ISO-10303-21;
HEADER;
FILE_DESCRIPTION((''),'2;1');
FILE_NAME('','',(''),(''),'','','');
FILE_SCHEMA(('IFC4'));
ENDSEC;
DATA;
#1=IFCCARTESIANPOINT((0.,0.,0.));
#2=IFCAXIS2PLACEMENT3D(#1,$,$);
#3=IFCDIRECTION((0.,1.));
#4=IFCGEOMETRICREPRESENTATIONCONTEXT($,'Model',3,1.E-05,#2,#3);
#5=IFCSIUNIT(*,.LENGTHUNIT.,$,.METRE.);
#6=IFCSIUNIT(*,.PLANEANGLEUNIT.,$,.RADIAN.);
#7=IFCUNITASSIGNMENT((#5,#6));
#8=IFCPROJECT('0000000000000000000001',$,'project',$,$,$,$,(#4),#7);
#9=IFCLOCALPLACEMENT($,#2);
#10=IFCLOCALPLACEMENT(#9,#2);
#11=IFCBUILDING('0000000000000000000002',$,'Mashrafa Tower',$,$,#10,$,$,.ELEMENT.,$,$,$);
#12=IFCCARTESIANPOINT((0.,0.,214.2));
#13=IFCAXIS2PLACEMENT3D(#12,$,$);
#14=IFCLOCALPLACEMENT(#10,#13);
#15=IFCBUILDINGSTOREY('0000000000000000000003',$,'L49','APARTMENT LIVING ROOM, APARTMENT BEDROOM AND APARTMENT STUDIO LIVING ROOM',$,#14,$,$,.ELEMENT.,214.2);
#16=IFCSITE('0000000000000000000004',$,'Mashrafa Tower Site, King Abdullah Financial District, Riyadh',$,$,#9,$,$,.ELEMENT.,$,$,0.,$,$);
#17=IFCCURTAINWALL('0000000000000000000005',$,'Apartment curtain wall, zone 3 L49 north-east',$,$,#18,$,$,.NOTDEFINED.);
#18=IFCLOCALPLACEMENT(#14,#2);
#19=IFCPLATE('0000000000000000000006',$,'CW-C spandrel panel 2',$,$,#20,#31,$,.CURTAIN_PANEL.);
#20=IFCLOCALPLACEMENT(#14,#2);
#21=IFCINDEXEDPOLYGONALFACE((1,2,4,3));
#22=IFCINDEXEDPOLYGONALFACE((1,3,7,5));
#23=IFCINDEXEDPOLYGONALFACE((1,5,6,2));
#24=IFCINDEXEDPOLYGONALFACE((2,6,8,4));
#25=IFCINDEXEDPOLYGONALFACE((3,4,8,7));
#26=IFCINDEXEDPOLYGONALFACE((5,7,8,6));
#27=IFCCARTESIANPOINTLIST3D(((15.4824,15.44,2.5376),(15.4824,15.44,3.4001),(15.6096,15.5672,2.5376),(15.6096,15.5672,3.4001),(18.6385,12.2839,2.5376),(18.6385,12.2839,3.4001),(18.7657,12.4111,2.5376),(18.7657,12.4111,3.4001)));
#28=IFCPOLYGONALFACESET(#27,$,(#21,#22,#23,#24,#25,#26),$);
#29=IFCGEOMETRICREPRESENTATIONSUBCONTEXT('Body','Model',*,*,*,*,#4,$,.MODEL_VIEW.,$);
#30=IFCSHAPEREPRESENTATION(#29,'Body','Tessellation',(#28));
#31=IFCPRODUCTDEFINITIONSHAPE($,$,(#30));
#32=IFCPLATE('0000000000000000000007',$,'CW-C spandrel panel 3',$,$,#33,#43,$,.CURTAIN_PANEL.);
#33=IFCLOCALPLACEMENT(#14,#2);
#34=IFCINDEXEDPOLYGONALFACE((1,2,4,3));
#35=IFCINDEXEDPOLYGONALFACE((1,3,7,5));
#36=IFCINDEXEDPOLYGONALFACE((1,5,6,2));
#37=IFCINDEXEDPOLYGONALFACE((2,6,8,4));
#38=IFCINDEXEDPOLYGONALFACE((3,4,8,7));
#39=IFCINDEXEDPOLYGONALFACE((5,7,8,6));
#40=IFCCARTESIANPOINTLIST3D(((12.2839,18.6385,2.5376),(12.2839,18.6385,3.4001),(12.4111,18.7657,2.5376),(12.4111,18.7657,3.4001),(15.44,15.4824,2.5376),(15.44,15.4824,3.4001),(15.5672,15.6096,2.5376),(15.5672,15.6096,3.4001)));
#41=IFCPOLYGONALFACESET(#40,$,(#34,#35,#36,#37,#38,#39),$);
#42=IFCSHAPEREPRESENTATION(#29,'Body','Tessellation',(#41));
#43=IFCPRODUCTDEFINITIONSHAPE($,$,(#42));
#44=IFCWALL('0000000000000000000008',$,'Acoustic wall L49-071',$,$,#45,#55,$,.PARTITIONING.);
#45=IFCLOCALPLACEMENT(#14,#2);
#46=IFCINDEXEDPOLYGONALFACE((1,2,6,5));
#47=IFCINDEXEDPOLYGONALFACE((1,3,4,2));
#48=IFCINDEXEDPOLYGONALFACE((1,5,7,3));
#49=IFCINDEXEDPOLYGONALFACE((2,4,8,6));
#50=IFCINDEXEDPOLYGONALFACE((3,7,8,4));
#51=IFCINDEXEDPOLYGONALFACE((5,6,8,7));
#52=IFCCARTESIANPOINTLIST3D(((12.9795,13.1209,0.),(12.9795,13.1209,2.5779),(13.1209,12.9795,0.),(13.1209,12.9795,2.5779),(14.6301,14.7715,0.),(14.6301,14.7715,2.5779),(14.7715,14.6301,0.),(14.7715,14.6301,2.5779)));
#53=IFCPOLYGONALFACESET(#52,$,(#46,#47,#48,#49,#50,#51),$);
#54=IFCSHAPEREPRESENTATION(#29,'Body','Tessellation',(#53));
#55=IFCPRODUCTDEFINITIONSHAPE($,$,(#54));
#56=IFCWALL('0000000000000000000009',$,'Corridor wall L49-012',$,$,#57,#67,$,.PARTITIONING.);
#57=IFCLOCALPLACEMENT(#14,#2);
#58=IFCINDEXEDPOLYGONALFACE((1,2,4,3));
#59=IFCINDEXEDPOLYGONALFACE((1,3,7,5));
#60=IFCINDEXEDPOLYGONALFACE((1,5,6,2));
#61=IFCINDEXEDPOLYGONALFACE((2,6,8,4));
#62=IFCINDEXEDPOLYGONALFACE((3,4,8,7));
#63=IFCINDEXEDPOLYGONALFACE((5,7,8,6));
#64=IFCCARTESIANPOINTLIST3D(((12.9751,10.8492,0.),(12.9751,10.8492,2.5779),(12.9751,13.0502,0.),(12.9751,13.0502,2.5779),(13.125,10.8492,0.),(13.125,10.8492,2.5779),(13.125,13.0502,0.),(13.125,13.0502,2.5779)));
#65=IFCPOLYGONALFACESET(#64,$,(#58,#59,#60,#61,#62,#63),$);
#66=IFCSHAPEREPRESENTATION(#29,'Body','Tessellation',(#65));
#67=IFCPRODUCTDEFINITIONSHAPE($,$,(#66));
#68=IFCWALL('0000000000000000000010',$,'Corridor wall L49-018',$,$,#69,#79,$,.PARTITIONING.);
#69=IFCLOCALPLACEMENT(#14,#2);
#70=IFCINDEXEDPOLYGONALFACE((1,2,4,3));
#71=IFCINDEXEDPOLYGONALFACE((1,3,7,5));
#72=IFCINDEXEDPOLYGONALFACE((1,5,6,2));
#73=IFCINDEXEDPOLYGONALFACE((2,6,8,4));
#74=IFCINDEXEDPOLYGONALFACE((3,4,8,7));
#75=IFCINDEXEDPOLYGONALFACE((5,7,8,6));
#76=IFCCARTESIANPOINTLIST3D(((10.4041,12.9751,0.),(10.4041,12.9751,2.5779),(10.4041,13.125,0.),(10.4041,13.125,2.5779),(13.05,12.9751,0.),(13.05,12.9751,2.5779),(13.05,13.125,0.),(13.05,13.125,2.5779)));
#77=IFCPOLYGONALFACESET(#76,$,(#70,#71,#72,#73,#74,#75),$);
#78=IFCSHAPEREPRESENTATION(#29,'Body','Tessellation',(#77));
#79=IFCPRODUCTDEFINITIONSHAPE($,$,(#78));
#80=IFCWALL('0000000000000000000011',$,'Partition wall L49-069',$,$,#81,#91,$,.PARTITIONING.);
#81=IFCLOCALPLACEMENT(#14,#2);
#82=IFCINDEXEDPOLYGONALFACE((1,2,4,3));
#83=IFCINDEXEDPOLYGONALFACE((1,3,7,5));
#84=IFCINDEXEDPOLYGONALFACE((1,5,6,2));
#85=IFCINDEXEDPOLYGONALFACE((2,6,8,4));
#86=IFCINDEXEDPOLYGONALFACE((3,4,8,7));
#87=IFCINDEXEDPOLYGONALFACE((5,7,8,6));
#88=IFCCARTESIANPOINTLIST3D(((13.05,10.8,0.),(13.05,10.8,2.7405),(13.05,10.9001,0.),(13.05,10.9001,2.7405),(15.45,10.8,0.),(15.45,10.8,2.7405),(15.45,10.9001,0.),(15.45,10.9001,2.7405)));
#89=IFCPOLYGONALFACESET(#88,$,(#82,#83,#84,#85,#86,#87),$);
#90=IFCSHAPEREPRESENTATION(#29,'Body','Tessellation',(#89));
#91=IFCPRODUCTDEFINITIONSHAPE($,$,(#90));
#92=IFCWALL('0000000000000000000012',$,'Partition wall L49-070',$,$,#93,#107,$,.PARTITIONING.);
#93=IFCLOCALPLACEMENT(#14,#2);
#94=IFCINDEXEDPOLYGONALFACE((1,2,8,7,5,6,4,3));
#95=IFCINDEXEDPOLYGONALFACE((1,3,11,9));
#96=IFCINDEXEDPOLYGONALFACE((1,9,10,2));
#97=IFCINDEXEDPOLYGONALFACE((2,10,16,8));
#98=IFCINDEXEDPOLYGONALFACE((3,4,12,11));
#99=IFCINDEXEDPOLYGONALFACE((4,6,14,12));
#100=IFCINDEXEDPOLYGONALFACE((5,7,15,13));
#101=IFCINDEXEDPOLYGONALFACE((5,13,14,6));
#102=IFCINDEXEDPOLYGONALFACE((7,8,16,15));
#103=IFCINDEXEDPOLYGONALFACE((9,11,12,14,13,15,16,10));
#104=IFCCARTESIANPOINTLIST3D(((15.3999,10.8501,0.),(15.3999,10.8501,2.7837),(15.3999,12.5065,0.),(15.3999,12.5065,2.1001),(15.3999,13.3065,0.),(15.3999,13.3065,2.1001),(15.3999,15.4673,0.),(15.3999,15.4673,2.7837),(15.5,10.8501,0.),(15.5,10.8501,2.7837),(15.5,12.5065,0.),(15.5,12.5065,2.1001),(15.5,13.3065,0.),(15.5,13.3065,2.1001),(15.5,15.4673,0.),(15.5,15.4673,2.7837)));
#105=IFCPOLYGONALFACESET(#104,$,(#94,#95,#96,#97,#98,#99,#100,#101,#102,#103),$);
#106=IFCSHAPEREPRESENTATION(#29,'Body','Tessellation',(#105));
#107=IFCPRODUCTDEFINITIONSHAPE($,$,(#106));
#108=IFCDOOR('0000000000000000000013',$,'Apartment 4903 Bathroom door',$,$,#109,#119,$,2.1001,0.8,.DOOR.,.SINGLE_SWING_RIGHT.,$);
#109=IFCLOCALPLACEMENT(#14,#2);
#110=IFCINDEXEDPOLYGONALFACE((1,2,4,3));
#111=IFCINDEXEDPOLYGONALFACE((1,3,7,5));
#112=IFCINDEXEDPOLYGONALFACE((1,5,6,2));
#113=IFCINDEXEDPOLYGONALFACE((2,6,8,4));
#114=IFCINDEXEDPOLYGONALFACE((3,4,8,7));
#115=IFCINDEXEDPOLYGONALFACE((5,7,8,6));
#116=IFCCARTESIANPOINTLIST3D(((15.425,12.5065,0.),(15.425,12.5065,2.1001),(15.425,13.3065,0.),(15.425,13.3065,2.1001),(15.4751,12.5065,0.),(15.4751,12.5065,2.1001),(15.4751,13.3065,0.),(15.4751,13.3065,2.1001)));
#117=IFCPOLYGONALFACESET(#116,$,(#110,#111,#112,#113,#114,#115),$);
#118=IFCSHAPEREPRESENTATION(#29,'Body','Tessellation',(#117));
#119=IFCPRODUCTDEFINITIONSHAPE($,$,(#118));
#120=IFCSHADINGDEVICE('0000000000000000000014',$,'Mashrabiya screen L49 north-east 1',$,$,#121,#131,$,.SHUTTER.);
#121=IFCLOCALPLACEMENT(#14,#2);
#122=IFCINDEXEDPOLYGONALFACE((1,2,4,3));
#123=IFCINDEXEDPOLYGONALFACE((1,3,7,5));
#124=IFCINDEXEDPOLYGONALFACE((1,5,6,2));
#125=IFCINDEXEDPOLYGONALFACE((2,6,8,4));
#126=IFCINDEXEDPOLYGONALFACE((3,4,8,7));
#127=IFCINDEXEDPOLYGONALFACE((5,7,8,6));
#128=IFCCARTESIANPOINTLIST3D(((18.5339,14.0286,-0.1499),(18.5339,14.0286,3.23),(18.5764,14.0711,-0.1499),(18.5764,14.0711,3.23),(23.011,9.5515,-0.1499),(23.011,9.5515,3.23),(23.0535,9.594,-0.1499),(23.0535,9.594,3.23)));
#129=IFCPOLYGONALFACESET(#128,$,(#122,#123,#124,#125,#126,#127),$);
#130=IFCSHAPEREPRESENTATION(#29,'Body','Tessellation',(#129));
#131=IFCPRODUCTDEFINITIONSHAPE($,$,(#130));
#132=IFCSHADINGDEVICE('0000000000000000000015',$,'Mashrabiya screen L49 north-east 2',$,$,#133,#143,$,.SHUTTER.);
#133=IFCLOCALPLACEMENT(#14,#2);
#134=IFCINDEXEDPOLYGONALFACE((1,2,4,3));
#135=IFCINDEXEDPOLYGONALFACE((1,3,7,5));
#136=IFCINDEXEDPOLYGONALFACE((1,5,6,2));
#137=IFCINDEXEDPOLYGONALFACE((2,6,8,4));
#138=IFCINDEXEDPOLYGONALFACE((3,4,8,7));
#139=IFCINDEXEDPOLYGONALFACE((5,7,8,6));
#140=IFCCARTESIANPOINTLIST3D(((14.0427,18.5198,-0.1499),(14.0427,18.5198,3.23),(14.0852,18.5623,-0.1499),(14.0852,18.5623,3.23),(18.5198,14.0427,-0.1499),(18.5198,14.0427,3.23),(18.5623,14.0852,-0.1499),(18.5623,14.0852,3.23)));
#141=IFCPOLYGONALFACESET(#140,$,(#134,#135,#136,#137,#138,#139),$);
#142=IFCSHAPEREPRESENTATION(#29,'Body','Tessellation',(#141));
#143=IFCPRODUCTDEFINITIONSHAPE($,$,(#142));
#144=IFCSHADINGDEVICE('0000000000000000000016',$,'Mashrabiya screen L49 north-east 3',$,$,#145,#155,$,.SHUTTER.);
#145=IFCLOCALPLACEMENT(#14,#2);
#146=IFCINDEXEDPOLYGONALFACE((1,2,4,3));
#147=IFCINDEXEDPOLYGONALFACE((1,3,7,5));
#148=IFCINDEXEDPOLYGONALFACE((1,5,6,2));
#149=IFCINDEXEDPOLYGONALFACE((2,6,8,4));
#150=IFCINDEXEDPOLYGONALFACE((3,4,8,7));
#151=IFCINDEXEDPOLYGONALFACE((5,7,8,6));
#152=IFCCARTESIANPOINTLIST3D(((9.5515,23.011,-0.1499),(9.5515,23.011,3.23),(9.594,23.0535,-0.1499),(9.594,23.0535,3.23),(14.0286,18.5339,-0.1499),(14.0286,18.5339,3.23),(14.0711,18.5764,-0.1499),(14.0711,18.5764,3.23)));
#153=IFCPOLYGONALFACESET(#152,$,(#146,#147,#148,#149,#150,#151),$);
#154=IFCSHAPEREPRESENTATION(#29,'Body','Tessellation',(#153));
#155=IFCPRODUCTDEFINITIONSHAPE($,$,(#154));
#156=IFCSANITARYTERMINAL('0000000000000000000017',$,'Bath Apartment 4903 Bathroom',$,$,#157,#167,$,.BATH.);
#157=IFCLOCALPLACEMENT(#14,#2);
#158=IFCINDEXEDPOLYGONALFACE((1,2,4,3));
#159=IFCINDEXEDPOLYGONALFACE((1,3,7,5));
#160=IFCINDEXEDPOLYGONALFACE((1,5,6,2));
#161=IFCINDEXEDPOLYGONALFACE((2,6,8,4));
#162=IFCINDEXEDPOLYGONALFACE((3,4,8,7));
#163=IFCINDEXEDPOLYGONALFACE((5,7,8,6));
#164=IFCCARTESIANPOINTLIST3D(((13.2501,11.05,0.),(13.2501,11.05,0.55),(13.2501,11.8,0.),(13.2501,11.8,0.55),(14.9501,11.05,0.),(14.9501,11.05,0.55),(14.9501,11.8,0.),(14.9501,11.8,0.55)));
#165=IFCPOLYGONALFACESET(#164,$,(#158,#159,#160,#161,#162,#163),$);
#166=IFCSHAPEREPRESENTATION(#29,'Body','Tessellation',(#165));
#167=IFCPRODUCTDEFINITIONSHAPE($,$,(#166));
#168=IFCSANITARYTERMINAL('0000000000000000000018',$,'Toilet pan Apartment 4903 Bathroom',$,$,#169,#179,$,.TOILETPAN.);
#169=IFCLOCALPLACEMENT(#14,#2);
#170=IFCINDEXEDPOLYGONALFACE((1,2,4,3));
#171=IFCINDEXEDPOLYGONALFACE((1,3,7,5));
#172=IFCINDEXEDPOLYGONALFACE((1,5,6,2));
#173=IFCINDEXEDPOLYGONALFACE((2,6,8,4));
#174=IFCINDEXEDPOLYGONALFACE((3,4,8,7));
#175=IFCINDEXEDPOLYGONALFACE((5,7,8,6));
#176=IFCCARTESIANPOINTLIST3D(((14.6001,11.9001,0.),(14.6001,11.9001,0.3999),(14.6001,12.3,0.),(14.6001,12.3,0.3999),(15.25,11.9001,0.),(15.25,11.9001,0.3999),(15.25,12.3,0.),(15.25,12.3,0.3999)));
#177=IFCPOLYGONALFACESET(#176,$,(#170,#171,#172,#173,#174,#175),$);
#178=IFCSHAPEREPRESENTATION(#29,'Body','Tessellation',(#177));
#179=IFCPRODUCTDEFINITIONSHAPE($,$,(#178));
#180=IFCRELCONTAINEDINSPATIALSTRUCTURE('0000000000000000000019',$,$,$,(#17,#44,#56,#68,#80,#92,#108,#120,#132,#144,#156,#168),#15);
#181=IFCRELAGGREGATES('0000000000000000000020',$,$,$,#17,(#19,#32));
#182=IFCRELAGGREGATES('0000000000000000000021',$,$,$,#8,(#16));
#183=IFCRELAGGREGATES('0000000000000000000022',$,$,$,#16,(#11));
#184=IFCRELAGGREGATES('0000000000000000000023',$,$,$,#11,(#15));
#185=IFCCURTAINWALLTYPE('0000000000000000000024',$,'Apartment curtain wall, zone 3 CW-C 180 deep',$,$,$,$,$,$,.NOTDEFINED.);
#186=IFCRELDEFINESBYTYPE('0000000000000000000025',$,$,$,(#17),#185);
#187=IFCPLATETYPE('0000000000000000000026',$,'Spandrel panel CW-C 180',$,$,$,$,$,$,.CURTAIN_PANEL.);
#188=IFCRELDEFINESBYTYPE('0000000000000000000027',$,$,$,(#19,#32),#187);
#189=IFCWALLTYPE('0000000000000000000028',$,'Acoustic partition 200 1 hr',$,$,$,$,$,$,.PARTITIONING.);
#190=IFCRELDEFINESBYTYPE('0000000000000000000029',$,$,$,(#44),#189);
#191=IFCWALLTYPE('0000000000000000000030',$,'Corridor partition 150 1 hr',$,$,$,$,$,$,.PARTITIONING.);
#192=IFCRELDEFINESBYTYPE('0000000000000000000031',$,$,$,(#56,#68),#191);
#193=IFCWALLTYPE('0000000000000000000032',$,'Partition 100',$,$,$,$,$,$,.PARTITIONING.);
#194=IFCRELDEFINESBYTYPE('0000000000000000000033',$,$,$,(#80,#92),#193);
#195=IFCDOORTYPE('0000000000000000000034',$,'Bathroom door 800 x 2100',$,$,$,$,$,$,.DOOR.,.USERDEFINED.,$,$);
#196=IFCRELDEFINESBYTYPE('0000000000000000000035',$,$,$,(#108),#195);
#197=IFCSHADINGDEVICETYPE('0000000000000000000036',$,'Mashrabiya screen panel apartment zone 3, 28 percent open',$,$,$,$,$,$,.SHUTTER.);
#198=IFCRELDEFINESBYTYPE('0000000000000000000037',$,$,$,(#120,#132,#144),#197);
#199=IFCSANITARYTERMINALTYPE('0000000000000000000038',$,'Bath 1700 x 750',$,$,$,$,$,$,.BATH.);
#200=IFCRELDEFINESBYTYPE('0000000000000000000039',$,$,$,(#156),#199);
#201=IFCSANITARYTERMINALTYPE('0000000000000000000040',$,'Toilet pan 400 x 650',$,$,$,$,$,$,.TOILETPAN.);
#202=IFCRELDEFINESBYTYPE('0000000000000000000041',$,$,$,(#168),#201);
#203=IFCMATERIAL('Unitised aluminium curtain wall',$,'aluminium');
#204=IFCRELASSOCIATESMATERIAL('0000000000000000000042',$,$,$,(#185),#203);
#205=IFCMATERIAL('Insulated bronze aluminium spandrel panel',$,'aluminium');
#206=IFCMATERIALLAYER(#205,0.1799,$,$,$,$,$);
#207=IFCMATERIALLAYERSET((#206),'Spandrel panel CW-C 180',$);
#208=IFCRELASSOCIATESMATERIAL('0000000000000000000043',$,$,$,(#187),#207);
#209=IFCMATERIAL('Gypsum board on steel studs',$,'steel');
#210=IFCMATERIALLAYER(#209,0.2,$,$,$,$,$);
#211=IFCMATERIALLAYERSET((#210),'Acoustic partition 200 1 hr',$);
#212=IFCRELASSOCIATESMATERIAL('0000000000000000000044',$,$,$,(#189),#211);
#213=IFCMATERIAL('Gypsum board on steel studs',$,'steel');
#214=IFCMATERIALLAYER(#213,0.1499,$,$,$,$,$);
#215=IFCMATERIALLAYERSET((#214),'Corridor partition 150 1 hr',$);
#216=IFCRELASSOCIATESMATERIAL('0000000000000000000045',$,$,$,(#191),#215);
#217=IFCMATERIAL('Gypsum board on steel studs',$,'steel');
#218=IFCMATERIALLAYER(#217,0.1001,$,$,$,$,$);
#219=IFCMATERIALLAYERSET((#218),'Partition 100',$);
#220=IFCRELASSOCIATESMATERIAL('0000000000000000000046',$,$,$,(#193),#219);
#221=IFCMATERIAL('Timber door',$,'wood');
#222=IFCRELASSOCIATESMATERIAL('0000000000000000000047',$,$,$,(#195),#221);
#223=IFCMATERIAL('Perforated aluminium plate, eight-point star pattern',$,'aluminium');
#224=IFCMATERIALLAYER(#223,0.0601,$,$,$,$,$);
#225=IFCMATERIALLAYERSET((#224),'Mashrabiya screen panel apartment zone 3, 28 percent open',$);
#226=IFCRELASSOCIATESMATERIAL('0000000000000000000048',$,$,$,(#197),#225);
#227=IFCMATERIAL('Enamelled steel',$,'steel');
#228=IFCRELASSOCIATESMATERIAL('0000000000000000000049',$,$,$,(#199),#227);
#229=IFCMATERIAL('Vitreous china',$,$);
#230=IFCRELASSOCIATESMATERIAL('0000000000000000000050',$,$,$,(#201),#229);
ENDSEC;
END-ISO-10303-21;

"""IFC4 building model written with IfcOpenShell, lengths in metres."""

from ifc_helpers import new_model, si_unit, direction, frame, frame_2d, origin, origin_2d, place, context, subcontext, project, spatial, rectangle, extrude, source, transform, mapped, material, layer, layer_set, type_object, type_shapes, element, fill, aggregate, save


model = new_model("IFC4")

# Units and contexts
model_context = context("Model", 3, precision=1e-05, world=origin(), true_north=direction((0.0, 1.0)))
body_context = subcontext(model_context, "Body", "Model", "MODEL_VIEW")
ifc_project = project(units=[si_unit("LENGTHUNIT", "METRE"), si_unit("PLANEANGLEUNIT", "RADIAN")], contexts=[model_context])

# Site, building, storey
site_placement = place(None, origin())
site = spatial("IfcSite", under=ifc_project, at=site_placement, Name="Mashrafa Tower Site, King Abdullah Financial District, Riyadh", CompositionType="ELEMENT", RefElevation=0.0)
building_placement = place(site_placement, origin())
building = spatial("IfcBuilding", under=site, at=building_placement, Name="Mashrafa Tower", CompositionType="ELEMENT")
storey_placement = place(building_placement, frame((0.0, 0.0, 214.2)))
storey = spatial("IfcBuildingStorey", under=building, at=storey_placement, Name="L49", Description="APARTMENT LIVING ROOM, APARTMENT BEDROOM AND APARTMENT STUDIO LIVING ROOM", CompositionType="ELEMENT", Elevation=214.2)

# Curtain wall, plates
ifc_material_1 = material(Name="Unitised aluminium curtain wall", Category="aluminium")
curtain_wall_type = type_object("IfcCurtainWallType", Name="Apartment curtain wall, zone 3 CW-C 180 deep", PredefinedType="NOTDEFINED", material=ifc_material_1)
curtain_wall_placement = place(storey_placement, origin())
curtain_wall = element("IfcCurtainWall", 1, at=curtain_wall_placement, inside=storey, type_object=curtain_wall_type, Name="Apartment curtain wall, zone 3 L49 north-east", PredefinedType="NOTDEFINED")
ifc_material_2 = material(Name="Insulated bronze aluminium spandrel panel", Category="aluminium")
ifc_layer_1 = layer(ifc_material_2, 0.1799)
ifc_layer_set_1 = layer_set([ifc_layer_1], Name="Spandrel panel CW-C 180")
plate_type_1 = type_object("IfcPlateType", Name="Spandrel panel CW-C 180", PredefinedType="CURTAIN_PANEL", material=ifc_layer_set_1)
shared_shape_1 = source(origin(), body_context, "Body", "SweptSolid", [
    extrude(rectangle(XDim=4.4634, YDim=0.1799, at=origin_2d()), origin(), (0.0, 0.0, 1.0), 0.8625),
])
plate_1_placement = place(storey_placement, frame((17.124, 13.9255, 2.5376), z_axis=(0.0, 0.0, 1.0), x_axis=(-0.707107, 0.707107, 0.0)))
plate_1 = element("IfcPlate", 2, at=plate_1_placement, type_object=plate_type_1, Name="CW-C spandrel panel 2", PredefinedType="CURTAIN_PANEL", context=body_context, shape_type="MappedRepresentation", body=[
    mapped(shared_shape_1, transform((0.0, 0.0, 0.0))),
])
plate_2_placement = place(storey_placement, frame((13.9255, 17.124, 2.5376), z_axis=(0.0, 0.0, 1.0), x_axis=(-0.707107, 0.707107, 0.0)))
plate_2 = element("IfcPlate", 3, at=plate_2_placement, type_object=plate_type_1, Name="CW-C spandrel panel 3", PredefinedType="CURTAIN_PANEL", context=body_context, shape_type="MappedRepresentation", body=[
    mapped(shared_shape_1, transform((0.0, 0.0, 0.0))),
])
aggregate(curtain_wall, [plate_1, plate_2])

# Walls
ifc_material_3 = material(Name="Gypsum board on steel studs", Category="steel")
ifc_layer_2 = layer(ifc_material_3, 0.2)
ifc_layer_set_2 = layer_set([ifc_layer_2], Name="Acoustic partition 200 1 hr")
wall_type_1 = type_object("IfcWallType", Name="Acoustic partition 200 1 hr", PredefinedType="PARTITIONING", material=ifc_layer_set_2)
wall_1_placement = place(storey_placement, frame((14.7007, 14.7007, 0.0), z_axis=(0.0, 0.0, 1.0), x_axis=(-0.707107, -0.707107, 0.0)))
element("IfcWall", 4, at=wall_1_placement, inside=storey, type_object=wall_type_1, Name="Acoustic wall L49-071", PredefinedType="PARTITIONING", context=body_context, shape_type="SweptSolid", body=[
    extrude(rectangle(XDim=2.3342, YDim=0.2, at=frame_2d((1.167, 0.0))), origin(), (0.0, 0.0, 1.0), 2.5779),
])
ifc_material_4 = material(Name="Gypsum board on steel studs", Category="steel")
ifc_layer_3 = layer(ifc_material_4, 0.1499)
ifc_layer_set_3 = layer_set([ifc_layer_3], Name="Corridor partition 150 1 hr")
wall_type_2 = type_object("IfcWallType", Name="Corridor partition 150 1 hr", PredefinedType="PARTITIONING", material=ifc_layer_set_3)
wall_2_placement = place(storey_placement, frame((13.05, 10.8491, 0.0), z_axis=(0.0, 0.0, 1.0), x_axis=(0.0, 1.0, 0.0)))
element("IfcWall", 5, at=wall_2_placement, inside=storey, type_object=wall_type_2, Name="Corridor wall L49-012", PredefinedType="PARTITIONING", context=body_context, shape_type="SweptSolid", body=[
    extrude(rectangle(XDim=2.2009, YDim=0.1499, at=frame_2d((1.1006, 0.0))), origin(), (0.0, 0.0, 1.0), 2.5779),
])
wall_3_placement = place(storey_placement, frame((13.05, 13.05, 0.0), z_axis=(0.0, 0.0, 1.0), x_axis=(-1.0, 0.0, 0.0)))
element("IfcWall", 6, at=wall_3_placement, inside=storey, type_object=wall_type_2, Name="Corridor wall L49-018", PredefinedType="PARTITIONING", context=body_context, shape_type="SweptSolid", body=[
    extrude(rectangle(XDim=2.646, YDim=0.1499, at=frame_2d((1.323, 0.0))), origin(), (0.0, 0.0, 1.0), 2.5779),
])
ifc_material_5 = material(Name="Gypsum board on steel studs", Category="steel")
ifc_layer_4 = layer(ifc_material_5, 0.1001)
ifc_layer_set_4 = layer_set([ifc_layer_4], Name="Partition 100")
wall_type_3 = type_object("IfcWallType", Name="Partition 100", PredefinedType="PARTITIONING", material=ifc_layer_set_4)
wall_4_placement = place(storey_placement, frame((13.05, 10.8501, 0.0), z_axis=(0.0, 0.0, 1.0), x_axis=(1.0, 0.0, 0.0)))
element("IfcWall", 7, at=wall_4_placement, inside=storey, type_object=wall_type_3, Name="Partition wall L49-069", PredefinedType="PARTITIONING", context=body_context, shape_type="SweptSolid", body=[
    extrude(rectangle(XDim=2.3999, YDim=0.1001, at=frame_2d((1.2, 0.0))), origin(), (0.0, 0.0, 1.0), 2.7405),
])

# Wall, opening, door
wall_5_placement = place(storey_placement, frame((15.45, 10.8501, 0.0), z_axis=(0.0, 0.0, 1.0), x_axis=(0.0, 1.0, 0.0)))
wall_5 = element("IfcWall", 8, at=wall_5_placement, inside=storey, type_object=wall_type_3, Name="Partition wall L49-070", PredefinedType="PARTITIONING", context=body_context, shape_type="SweptSolid", body=[
    extrude(rectangle(XDim=4.6172, YDim=0.1001, at=frame_2d((2.3086, 0.0))), origin(), (0.0, 0.0, 1.0), 2.7837),
])
opening_placement = place(wall_5_placement, frame((1.6565, 0.0, 0.0)))
opening = element("IfcOpeningElement", 9, at=opening_placement, cuts=wall_5, PredefinedType="OPENING", context=body_context, shape_type="SweptSolid", body=[
    extrude(rectangle(XDim=0.8, YDim=2.1001, at=frame_2d((0.3999, 1.05))), frame((0.0, 0.0601, 0.0), z_axis=(0.0, -1.0, 0.0), x_axis=(1.0, 0.0, 0.0)), (0.0, 0.0, 1.0), 0.1201),
])
ifc_material_6 = material(Name="Timber door", Category="wood")
door_type = type_object("IfcDoorType", Name="Bathroom door 800 x 2100", OperationType="USERDEFINED", PredefinedType="DOOR", material=ifc_material_6)
door_placement = place(opening_placement, origin())
door = element("IfcDoor", 10, at=door_placement, inside=storey, type_object=door_type, Name="Apartment 4903 Bathroom door", OperationType="SINGLE_SWING_RIGHT", OverallHeight=2.1001, OverallWidth=0.8, PredefinedType="DOOR", context=body_context, shape_type="SweptSolid", body=[
    extrude(rectangle(XDim=0.8, YDim=2.1001, at=frame_2d((0.3999, 1.05))), frame((0.0, 0.0249, 0.0), z_axis=(0.0, -1.0, 0.0), x_axis=(1.0, 0.0, 0.0)), (0.0, 0.0, 1.0), 0.05),
])
fill(opening, door)

# Shading devices
ifc_material_7 = material(Name="Perforated aluminium plate, eight-point star pattern", Category="aluminium")
ifc_layer_5 = layer(ifc_material_7, 0.0601)
ifc_layer_set_5 = layer_set([ifc_layer_5], Name="Mashrabiya screen panel apartment zone 3, 28 percent open")
shading_device_type = type_object("IfcShadingDeviceType", Name="Mashrabiya screen panel apartment zone 3, 28 percent open", PredefinedType="SHUTTER", material=ifc_layer_set_5)
shared_shape_2 = source(origin(), body_context, "Body", "SweptSolid", [
    extrude(rectangle(XDim=6.3315, YDim=0.0601, at=origin_2d()), origin(), (0.0, 0.0, 1.0), 3.3799),
])
type_shapes(shading_device_type, [shared_shape_2])
for number, where, z_axis, x_axis, name in (
    (11, (20.7937, 11.8113, -0.1499), (0.0, 0.0, 1.0), (-0.707107, 0.707107, 0.0), "Mashrabiya screen L49 north-east 1"),
    (12, (16.3025, 16.3025, -0.1499), (0.0, 0.0, 1.0), (-0.707107, 0.707107, 0.0), "Mashrabiya screen L49 north-east 2"),
    (13, (11.8113, 20.7937, -0.1499), (0.0, 0.0, 1.0), (-0.707107, 0.707107, 0.0), "Mashrabiya screen L49 north-east 3"),
):
    element("IfcShadingDevice", number, at=place(storey_placement, frame(where, z_axis=z_axis, x_axis=x_axis)), inside=storey, type_object=shading_device_type, Name=name, PredefinedType="SHUTTER", context=body_context, shape_type="MappedRepresentation", body=[
        mapped(shared_shape_2, transform((0.0, 0.0, 0.0))),
    ])

# Sanitary terminals
ifc_material_8 = material(Name="Enamelled steel", Category="steel")
sanitary_terminal_type_1 = type_object("IfcSanitaryTerminalType", Name="Bath 1700 x 750", PredefinedType="BATH", material=ifc_material_8)
sanitary_terminal_1_placement = place(storey_placement, frame((14.1001, 11.425, 0.0), z_axis=(0.0, 0.0, 1.0), x_axis=(1.0, 0.0, 0.0)))
element("IfcSanitaryTerminal", 14, at=sanitary_terminal_1_placement, inside=storey, type_object=sanitary_terminal_type_1, Name="Bath Apartment 4903 Bathroom", PredefinedType="BATH", context=body_context, shape_type="SweptSolid", body=[
    extrude(rectangle(XDim=1.7, YDim=0.75, at=origin_2d()), origin(), (0.0, 0.0, 1.0), 0.55),
])
ifc_material_9 = material(Name="Vitreous china")
sanitary_terminal_type_2 = type_object("IfcSanitaryTerminalType", Name="Toilet pan 400 x 650", PredefinedType="TOILETPAN", material=ifc_material_9)
sanitary_terminal_2_placement = place(storey_placement, frame((14.925, 12.1001, 0.0), z_axis=(0.0, 0.0, 1.0), x_axis=(0.0, 1.0, 0.0)))
element("IfcSanitaryTerminal", 15, at=sanitary_terminal_2_placement, inside=storey, type_object=sanitary_terminal_type_2, Name="Toilet pan Apartment 4903 Bathroom", PredefinedType="TOILETPAN", context=body_context, shape_type="SweptSolid", body=[
    extrude(rectangle(XDim=0.3999, YDim=0.6499, at=origin_2d()), origin(), (0.0, 0.0, 1.0), 0.3999),
])

save(model, "model.ifc")
